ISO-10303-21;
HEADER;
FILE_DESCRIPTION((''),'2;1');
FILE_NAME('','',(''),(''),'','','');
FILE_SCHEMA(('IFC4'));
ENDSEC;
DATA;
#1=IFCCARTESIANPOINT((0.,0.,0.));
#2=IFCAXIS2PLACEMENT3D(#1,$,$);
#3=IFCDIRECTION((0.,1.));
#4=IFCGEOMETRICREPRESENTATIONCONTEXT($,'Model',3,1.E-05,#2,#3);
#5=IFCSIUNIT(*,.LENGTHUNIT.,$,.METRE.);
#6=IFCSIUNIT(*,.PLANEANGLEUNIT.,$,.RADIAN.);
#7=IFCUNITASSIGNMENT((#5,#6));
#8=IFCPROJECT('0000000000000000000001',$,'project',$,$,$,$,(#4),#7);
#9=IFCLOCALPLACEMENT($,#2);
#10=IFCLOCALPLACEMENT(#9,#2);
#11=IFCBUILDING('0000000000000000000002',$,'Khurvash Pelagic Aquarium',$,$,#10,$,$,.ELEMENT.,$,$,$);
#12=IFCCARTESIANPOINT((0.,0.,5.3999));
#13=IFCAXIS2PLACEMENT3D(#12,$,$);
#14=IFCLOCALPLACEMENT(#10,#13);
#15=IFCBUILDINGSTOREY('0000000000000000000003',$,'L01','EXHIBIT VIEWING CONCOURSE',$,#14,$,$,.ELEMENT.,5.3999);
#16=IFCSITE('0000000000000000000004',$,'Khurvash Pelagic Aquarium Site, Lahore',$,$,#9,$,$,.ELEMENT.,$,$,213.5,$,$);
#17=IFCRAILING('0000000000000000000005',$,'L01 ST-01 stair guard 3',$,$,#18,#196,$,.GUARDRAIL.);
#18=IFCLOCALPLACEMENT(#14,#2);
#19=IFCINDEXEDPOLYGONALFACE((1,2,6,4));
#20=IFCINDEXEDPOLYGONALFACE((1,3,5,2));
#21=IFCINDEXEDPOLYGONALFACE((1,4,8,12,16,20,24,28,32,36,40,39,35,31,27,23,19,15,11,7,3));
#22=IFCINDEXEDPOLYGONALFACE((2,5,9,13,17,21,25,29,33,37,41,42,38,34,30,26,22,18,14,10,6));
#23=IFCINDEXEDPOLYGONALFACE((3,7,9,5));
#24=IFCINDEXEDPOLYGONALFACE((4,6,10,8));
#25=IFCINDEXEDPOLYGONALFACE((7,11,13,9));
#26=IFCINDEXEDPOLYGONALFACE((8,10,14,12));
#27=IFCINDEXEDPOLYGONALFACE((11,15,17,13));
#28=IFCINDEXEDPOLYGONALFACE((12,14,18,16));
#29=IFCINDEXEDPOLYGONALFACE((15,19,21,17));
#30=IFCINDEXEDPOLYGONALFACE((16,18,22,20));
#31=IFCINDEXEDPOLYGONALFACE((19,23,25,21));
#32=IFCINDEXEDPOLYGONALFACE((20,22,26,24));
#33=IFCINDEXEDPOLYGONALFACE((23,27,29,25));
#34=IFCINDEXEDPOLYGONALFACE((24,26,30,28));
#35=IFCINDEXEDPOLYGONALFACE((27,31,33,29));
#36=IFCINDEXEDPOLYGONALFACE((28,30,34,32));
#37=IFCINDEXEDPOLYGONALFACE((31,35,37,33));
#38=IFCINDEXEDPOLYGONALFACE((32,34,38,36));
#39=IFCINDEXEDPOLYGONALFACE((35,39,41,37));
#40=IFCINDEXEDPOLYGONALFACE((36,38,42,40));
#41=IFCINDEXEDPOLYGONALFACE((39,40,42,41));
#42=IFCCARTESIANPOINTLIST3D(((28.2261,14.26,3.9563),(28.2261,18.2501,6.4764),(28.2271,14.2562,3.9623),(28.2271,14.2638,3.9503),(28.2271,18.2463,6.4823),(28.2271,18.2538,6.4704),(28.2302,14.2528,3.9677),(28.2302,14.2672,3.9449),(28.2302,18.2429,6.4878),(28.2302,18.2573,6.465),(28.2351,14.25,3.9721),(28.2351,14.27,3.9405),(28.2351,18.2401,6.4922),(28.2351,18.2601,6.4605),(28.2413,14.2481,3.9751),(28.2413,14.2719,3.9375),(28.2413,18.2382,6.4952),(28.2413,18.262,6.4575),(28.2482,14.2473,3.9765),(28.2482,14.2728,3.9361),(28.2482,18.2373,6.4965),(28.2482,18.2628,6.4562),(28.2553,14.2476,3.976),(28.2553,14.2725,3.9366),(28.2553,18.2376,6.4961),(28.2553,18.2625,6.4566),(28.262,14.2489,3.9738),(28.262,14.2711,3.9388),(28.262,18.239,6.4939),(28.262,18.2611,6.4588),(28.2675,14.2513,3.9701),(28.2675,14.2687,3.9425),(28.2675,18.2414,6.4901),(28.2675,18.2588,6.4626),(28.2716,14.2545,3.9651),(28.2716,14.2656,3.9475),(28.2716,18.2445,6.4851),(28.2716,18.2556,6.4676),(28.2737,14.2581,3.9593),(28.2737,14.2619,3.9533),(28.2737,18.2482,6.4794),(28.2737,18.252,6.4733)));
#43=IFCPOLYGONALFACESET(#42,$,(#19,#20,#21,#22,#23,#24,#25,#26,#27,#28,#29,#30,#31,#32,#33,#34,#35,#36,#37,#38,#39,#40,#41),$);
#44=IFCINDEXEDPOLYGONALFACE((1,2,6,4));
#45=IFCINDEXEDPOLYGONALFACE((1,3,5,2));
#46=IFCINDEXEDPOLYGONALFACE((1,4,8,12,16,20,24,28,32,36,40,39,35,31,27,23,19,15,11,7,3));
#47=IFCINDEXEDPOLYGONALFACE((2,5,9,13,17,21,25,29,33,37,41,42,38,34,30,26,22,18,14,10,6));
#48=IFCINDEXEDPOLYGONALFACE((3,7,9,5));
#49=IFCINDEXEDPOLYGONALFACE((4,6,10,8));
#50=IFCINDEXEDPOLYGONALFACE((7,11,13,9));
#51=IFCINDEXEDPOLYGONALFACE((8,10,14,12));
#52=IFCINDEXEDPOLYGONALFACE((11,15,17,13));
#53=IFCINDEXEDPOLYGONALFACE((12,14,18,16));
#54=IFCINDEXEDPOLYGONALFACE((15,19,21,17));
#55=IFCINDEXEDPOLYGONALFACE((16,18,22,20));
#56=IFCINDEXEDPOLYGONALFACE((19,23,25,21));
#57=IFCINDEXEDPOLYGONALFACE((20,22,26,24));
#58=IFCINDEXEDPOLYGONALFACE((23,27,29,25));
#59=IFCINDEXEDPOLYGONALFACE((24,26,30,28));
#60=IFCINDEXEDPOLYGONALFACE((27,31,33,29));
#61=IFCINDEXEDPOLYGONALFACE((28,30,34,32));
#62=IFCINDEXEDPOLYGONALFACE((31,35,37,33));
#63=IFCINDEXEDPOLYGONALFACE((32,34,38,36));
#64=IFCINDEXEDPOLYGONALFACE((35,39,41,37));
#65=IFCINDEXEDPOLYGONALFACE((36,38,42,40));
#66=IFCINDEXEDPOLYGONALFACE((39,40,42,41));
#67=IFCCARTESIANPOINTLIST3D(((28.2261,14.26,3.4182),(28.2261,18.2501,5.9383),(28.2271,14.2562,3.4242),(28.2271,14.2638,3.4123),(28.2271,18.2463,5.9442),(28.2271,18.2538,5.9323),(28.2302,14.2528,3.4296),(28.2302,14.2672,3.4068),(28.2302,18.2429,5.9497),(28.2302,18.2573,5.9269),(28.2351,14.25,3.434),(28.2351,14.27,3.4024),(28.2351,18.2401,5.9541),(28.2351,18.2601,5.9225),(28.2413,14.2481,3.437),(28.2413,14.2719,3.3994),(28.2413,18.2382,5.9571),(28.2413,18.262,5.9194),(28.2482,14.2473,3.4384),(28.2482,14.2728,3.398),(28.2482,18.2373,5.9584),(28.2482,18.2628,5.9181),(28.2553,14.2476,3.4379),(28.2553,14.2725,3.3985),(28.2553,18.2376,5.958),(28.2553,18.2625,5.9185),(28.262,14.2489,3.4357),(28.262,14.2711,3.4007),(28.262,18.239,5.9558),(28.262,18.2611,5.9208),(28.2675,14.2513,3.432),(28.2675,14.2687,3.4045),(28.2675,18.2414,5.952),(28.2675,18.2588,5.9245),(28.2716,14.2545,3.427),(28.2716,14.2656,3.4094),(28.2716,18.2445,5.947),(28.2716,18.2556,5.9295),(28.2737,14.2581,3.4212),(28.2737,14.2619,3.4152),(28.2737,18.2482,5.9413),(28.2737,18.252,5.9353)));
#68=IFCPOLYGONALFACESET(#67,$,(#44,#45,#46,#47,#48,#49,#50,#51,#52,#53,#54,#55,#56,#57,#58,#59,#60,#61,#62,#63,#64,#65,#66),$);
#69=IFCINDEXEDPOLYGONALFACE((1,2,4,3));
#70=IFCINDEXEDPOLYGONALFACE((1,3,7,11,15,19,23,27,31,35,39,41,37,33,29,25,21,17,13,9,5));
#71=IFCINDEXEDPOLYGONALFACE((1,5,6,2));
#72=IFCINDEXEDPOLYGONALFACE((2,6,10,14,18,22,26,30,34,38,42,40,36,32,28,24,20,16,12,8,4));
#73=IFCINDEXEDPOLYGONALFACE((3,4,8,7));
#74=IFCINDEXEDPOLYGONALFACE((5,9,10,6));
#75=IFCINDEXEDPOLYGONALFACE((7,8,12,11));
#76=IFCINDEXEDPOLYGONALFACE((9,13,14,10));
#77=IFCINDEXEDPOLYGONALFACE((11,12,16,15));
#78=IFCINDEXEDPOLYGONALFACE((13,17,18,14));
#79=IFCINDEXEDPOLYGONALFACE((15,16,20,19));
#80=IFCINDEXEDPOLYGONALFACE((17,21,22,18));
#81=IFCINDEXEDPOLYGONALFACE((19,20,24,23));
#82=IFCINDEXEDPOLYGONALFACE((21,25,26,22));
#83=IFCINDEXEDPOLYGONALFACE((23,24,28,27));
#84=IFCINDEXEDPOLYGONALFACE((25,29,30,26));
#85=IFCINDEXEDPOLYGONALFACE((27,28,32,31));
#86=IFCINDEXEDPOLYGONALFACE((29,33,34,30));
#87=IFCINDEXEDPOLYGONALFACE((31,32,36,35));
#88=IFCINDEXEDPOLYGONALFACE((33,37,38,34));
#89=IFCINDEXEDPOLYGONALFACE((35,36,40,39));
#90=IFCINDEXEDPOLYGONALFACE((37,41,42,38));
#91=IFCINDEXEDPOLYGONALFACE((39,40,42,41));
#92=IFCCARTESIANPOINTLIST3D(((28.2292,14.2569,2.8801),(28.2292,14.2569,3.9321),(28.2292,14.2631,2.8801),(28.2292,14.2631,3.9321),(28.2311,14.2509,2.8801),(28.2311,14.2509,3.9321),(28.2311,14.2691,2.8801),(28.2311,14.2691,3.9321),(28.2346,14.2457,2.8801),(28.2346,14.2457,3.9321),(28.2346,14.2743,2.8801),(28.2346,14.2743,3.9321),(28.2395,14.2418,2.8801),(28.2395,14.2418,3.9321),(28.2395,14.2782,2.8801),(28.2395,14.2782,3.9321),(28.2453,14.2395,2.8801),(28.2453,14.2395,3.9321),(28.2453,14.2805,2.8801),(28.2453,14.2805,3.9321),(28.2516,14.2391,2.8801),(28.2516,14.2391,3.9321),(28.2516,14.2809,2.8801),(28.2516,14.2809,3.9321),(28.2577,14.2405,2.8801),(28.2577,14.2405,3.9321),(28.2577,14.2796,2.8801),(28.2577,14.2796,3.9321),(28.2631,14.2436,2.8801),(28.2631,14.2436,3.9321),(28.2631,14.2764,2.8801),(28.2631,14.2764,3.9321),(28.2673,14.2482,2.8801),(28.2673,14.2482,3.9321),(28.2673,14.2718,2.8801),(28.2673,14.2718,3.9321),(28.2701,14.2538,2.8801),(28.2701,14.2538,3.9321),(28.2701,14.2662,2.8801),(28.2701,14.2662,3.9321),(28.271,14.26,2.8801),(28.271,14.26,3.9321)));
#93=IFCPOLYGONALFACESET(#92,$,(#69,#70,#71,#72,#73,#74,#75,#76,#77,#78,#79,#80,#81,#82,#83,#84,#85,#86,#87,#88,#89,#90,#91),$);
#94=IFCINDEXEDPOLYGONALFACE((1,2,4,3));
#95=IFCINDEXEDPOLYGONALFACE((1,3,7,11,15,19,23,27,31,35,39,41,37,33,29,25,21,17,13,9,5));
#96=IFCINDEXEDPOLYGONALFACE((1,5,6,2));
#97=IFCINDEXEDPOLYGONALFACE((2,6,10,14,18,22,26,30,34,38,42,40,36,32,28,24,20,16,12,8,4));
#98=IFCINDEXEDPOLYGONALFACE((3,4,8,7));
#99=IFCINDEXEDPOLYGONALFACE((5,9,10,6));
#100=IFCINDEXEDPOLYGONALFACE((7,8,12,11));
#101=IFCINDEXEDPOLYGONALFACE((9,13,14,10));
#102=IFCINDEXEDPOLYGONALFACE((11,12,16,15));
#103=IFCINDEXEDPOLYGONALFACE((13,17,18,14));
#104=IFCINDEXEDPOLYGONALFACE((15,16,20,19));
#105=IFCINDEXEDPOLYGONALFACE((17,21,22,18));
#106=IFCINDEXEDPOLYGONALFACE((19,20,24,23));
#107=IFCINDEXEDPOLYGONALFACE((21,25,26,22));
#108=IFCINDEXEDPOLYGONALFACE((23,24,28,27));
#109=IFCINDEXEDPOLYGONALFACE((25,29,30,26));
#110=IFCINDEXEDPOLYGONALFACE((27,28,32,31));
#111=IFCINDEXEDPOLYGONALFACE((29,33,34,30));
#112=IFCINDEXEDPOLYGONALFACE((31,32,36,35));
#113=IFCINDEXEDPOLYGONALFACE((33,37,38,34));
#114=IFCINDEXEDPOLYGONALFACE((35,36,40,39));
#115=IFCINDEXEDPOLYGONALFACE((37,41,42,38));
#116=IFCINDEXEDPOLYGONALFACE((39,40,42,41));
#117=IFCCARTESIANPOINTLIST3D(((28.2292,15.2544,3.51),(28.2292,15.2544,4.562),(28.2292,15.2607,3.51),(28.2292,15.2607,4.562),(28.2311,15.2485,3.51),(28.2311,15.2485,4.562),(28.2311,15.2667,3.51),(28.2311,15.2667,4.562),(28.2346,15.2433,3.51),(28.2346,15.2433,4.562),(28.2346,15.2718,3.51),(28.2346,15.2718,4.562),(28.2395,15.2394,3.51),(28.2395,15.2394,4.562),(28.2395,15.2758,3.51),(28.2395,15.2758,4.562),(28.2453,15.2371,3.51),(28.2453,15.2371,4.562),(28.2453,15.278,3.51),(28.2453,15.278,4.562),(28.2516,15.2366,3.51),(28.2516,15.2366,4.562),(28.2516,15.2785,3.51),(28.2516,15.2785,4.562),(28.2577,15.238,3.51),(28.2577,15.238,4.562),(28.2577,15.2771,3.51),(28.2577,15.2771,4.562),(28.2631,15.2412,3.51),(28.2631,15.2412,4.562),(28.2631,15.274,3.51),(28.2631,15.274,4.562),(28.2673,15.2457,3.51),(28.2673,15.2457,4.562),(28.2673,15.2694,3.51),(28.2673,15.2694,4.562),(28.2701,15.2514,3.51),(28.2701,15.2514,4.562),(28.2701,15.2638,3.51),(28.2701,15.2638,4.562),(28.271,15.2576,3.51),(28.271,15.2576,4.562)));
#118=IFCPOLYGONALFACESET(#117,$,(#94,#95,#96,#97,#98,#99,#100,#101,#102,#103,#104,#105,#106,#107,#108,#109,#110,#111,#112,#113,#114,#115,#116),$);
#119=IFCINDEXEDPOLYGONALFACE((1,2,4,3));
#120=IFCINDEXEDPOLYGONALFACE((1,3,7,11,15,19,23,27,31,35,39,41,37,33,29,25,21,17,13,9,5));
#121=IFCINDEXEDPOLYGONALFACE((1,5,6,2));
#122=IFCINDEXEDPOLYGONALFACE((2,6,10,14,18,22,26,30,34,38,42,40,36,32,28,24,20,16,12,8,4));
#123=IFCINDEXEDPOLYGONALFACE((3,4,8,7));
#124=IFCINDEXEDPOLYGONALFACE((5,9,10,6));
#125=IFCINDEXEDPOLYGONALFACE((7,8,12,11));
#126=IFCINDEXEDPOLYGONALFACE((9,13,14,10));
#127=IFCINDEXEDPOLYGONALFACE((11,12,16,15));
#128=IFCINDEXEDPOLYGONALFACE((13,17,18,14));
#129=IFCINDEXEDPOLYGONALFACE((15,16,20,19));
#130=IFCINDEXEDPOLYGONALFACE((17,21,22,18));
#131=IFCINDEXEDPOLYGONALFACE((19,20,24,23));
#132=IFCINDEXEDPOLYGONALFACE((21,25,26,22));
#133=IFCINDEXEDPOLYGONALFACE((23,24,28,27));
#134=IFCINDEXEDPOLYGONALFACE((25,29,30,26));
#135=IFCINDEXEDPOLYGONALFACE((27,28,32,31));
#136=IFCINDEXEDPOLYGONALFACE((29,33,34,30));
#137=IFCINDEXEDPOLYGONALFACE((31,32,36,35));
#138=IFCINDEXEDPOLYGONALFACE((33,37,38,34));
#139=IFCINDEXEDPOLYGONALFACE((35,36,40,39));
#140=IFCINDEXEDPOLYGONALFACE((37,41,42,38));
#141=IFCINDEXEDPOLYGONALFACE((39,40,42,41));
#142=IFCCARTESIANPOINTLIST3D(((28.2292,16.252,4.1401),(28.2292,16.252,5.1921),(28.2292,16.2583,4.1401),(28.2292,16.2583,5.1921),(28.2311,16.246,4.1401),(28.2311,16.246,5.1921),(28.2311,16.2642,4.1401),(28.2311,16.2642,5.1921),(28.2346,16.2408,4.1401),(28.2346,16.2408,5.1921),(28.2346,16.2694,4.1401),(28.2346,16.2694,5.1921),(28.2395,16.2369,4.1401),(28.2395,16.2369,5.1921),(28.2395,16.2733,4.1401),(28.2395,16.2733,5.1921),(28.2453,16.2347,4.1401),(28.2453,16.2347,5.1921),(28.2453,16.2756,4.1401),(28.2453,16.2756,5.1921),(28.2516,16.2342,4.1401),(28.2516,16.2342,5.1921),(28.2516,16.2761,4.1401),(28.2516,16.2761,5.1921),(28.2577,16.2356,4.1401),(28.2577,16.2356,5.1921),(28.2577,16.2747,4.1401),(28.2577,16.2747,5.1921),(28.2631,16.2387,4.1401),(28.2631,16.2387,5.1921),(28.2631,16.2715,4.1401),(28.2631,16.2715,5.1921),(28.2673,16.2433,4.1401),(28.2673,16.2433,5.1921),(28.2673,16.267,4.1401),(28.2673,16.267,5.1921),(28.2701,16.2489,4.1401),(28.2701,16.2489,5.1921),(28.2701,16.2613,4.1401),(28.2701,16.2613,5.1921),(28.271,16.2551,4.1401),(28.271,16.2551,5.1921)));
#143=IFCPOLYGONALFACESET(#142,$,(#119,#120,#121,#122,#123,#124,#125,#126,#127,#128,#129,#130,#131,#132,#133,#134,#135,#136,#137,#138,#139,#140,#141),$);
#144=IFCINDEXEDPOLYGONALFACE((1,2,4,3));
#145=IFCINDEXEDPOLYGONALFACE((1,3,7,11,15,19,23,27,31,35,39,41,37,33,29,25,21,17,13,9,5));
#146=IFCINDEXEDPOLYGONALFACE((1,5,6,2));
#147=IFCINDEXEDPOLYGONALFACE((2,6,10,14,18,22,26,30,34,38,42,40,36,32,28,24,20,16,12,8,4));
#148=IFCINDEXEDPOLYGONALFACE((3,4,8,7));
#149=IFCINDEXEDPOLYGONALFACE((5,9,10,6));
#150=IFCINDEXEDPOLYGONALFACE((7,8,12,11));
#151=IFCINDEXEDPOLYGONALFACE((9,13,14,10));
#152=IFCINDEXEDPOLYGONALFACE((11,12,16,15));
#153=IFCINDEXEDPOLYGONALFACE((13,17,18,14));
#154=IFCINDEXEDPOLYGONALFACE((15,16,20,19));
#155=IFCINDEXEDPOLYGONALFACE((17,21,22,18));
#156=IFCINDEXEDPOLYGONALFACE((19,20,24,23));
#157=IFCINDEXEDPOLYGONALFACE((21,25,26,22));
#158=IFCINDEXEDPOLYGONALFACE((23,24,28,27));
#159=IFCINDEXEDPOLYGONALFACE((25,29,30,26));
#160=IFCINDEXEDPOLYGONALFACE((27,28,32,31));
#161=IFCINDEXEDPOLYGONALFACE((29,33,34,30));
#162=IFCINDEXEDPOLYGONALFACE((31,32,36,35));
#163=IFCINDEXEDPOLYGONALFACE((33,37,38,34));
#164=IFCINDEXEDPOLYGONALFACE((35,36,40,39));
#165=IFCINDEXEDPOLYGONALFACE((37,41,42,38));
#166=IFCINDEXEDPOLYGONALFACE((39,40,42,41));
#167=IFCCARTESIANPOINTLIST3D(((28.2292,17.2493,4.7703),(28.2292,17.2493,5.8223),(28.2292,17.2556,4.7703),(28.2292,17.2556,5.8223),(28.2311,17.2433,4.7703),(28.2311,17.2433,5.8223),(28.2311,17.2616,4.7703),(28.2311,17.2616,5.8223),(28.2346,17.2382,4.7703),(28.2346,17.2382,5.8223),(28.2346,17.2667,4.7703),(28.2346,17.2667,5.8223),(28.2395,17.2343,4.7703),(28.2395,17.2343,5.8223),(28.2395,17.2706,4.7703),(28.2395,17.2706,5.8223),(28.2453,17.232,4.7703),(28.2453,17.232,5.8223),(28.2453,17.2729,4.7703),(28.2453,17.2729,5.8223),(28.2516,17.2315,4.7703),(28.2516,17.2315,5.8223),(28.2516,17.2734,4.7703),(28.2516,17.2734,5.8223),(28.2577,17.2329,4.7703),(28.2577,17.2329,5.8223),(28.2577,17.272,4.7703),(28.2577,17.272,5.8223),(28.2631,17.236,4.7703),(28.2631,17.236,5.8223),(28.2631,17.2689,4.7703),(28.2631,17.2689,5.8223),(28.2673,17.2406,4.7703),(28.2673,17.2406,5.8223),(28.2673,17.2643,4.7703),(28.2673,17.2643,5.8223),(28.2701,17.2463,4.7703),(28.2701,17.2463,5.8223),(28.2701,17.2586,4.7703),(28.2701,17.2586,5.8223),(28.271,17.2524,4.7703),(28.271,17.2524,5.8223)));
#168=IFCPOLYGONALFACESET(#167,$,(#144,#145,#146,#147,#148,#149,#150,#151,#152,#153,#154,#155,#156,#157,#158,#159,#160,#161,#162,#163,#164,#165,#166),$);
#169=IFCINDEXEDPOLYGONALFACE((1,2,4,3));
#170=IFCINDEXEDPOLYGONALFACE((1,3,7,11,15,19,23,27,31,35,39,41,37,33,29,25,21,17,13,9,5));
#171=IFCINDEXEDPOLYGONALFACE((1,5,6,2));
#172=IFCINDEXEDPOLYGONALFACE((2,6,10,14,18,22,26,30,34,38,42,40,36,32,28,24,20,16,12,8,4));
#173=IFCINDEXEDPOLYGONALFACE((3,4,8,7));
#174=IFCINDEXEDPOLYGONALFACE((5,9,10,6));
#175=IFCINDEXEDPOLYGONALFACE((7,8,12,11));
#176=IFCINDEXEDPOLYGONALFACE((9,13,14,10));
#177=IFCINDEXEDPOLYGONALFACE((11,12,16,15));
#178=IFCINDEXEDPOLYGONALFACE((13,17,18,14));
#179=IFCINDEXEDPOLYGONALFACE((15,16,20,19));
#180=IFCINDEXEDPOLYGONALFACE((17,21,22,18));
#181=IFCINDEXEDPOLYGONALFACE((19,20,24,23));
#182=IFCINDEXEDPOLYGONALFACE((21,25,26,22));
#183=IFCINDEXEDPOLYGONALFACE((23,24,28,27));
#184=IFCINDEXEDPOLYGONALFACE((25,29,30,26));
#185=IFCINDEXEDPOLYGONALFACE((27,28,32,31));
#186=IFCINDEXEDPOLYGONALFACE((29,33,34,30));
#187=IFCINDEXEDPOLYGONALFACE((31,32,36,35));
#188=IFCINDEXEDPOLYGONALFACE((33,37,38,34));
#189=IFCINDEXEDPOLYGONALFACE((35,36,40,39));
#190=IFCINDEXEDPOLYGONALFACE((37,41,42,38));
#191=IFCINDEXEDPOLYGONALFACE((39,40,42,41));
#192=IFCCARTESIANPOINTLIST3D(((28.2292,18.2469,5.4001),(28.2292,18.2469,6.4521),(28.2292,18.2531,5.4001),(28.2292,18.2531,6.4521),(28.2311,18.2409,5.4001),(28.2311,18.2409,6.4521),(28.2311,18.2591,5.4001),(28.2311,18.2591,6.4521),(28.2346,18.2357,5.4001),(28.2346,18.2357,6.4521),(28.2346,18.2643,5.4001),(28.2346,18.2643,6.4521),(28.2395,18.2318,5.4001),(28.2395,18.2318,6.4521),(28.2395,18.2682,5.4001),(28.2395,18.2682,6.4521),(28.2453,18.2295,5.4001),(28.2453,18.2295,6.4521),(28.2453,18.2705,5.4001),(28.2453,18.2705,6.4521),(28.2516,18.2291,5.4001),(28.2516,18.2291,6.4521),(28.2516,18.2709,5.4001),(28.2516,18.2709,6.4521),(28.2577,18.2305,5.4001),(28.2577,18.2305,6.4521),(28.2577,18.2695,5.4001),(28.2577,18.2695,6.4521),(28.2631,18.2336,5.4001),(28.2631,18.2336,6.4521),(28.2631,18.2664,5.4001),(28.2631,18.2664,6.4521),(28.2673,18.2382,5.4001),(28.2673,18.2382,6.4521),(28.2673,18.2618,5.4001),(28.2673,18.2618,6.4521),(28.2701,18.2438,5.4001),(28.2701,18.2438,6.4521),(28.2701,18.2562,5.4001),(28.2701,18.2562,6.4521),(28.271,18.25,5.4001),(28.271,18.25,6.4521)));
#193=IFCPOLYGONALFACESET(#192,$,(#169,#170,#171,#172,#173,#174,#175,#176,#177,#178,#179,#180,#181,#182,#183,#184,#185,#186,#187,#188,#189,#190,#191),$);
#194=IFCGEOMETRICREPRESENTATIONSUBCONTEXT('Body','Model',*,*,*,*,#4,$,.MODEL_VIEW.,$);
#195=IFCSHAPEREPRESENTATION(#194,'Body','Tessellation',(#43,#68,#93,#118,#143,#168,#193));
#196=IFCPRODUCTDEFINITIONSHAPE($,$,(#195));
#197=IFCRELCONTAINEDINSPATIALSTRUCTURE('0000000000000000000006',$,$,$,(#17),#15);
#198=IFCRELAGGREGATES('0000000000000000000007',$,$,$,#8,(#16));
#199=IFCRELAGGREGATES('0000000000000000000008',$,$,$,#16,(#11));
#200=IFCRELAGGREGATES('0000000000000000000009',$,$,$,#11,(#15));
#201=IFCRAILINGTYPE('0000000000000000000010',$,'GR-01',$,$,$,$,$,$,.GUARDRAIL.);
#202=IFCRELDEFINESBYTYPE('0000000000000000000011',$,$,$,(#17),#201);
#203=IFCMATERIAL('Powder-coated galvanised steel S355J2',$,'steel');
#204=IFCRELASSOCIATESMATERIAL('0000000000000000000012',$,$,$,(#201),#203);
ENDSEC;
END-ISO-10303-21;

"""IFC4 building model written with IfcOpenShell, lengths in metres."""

from ifc_helpers import new_model, si_unit, direction, frame, origin, origin_2d, place, context, subcontext, project, spatial, circle, extrude, material, type_object, element, save


model = new_model("IFC4")

# Units and contexts
model_context = context("Model", 3, precision=1e-05, world=origin(), true_north=direction((0.0, 1.0)))
body_context = subcontext(model_context, "Body", "Model", "MODEL_VIEW")
ifc_project = project(units=[si_unit("LENGTHUNIT", "METRE"), si_unit("PLANEANGLEUNIT", "RADIAN")], contexts=[model_context])

# Site, building, storey
site_placement = place(None, origin())
site = spatial("IfcSite", under=ifc_project, at=site_placement, Name="Khurvash Pelagic Aquarium Site, Lahore", CompositionType="ELEMENT", RefElevation=213.5)
building_placement = place(site_placement, origin())
building = spatial("IfcBuilding", under=site, at=building_placement, Name="Khurvash Pelagic Aquarium", CompositionType="ELEMENT")
storey_placement = place(building_placement, frame((0.0, 0.0, 5.3999)))
storey = spatial("IfcBuildingStorey", under=building, at=storey_placement, Name="L01", Description="EXHIBIT VIEWING CONCOURSE", CompositionType="ELEMENT", Elevation=5.3999)

# Railing
ifc_material_1 = material(Name="Powder-coated galvanised steel S355J2", Category="steel")
railing_type_1 = type_object("IfcRailingType", Name="GR-01", PredefinedType="GUARDRAIL", material=ifc_material_1)
railing_1_placement = place(storey_placement, frame((28.25, 14.26, 2.8801)))
element("IfcRailing", 1, at=railing_1_placement, inside=storey, type_object=railing_type_1, Name="L01 ST-01 stair guard 3", PredefinedType="GUARDRAIL", context=body_context, shape_type="SweptSolid", body=[
    extrude(circle(Radius=0.0239, at=origin_2d()), frame((0.0, 0.0, 1.0762), z_axis=(0.0, 0.845486, 0.533997), x_axis=(-1.0, 0.0, 0.0)), (0.0, 0.0, 1.0), 4.7192),
    extrude(circle(Radius=0.0239, at=origin_2d()), frame((0.0, 0.0, 0.5381), z_axis=(0.0, 0.845486, 0.533997), x_axis=(-1.0, 0.0, 0.0)), (0.0, 0.0, 1.0), 4.7192),
    extrude(circle(Radius=0.021, at=origin_2d()), origin(), (0.0, 0.0, 1.0), 1.052),
    extrude(circle(Radius=0.021, at=origin_2d()), frame((0.0, 0.9976, 0.6299)), (0.0, 0.0, 1.0), 1.052),
    extrude(circle(Radius=0.021, at=origin_2d()), frame((0.0, 1.9951, 1.26)), (0.0, 0.0, 1.0), 1.052),
    extrude(circle(Radius=0.021, at=origin_2d()), frame((0.0, 2.9924, 1.8901)), (0.0, 0.0, 1.0), 1.052),
    extrude(circle(Radius=0.021, at=origin_2d()), frame((0.0, 3.99, 2.52)), (0.0, 0.0, 1.0), 1.052),
])

save(model, "model.ifc")
